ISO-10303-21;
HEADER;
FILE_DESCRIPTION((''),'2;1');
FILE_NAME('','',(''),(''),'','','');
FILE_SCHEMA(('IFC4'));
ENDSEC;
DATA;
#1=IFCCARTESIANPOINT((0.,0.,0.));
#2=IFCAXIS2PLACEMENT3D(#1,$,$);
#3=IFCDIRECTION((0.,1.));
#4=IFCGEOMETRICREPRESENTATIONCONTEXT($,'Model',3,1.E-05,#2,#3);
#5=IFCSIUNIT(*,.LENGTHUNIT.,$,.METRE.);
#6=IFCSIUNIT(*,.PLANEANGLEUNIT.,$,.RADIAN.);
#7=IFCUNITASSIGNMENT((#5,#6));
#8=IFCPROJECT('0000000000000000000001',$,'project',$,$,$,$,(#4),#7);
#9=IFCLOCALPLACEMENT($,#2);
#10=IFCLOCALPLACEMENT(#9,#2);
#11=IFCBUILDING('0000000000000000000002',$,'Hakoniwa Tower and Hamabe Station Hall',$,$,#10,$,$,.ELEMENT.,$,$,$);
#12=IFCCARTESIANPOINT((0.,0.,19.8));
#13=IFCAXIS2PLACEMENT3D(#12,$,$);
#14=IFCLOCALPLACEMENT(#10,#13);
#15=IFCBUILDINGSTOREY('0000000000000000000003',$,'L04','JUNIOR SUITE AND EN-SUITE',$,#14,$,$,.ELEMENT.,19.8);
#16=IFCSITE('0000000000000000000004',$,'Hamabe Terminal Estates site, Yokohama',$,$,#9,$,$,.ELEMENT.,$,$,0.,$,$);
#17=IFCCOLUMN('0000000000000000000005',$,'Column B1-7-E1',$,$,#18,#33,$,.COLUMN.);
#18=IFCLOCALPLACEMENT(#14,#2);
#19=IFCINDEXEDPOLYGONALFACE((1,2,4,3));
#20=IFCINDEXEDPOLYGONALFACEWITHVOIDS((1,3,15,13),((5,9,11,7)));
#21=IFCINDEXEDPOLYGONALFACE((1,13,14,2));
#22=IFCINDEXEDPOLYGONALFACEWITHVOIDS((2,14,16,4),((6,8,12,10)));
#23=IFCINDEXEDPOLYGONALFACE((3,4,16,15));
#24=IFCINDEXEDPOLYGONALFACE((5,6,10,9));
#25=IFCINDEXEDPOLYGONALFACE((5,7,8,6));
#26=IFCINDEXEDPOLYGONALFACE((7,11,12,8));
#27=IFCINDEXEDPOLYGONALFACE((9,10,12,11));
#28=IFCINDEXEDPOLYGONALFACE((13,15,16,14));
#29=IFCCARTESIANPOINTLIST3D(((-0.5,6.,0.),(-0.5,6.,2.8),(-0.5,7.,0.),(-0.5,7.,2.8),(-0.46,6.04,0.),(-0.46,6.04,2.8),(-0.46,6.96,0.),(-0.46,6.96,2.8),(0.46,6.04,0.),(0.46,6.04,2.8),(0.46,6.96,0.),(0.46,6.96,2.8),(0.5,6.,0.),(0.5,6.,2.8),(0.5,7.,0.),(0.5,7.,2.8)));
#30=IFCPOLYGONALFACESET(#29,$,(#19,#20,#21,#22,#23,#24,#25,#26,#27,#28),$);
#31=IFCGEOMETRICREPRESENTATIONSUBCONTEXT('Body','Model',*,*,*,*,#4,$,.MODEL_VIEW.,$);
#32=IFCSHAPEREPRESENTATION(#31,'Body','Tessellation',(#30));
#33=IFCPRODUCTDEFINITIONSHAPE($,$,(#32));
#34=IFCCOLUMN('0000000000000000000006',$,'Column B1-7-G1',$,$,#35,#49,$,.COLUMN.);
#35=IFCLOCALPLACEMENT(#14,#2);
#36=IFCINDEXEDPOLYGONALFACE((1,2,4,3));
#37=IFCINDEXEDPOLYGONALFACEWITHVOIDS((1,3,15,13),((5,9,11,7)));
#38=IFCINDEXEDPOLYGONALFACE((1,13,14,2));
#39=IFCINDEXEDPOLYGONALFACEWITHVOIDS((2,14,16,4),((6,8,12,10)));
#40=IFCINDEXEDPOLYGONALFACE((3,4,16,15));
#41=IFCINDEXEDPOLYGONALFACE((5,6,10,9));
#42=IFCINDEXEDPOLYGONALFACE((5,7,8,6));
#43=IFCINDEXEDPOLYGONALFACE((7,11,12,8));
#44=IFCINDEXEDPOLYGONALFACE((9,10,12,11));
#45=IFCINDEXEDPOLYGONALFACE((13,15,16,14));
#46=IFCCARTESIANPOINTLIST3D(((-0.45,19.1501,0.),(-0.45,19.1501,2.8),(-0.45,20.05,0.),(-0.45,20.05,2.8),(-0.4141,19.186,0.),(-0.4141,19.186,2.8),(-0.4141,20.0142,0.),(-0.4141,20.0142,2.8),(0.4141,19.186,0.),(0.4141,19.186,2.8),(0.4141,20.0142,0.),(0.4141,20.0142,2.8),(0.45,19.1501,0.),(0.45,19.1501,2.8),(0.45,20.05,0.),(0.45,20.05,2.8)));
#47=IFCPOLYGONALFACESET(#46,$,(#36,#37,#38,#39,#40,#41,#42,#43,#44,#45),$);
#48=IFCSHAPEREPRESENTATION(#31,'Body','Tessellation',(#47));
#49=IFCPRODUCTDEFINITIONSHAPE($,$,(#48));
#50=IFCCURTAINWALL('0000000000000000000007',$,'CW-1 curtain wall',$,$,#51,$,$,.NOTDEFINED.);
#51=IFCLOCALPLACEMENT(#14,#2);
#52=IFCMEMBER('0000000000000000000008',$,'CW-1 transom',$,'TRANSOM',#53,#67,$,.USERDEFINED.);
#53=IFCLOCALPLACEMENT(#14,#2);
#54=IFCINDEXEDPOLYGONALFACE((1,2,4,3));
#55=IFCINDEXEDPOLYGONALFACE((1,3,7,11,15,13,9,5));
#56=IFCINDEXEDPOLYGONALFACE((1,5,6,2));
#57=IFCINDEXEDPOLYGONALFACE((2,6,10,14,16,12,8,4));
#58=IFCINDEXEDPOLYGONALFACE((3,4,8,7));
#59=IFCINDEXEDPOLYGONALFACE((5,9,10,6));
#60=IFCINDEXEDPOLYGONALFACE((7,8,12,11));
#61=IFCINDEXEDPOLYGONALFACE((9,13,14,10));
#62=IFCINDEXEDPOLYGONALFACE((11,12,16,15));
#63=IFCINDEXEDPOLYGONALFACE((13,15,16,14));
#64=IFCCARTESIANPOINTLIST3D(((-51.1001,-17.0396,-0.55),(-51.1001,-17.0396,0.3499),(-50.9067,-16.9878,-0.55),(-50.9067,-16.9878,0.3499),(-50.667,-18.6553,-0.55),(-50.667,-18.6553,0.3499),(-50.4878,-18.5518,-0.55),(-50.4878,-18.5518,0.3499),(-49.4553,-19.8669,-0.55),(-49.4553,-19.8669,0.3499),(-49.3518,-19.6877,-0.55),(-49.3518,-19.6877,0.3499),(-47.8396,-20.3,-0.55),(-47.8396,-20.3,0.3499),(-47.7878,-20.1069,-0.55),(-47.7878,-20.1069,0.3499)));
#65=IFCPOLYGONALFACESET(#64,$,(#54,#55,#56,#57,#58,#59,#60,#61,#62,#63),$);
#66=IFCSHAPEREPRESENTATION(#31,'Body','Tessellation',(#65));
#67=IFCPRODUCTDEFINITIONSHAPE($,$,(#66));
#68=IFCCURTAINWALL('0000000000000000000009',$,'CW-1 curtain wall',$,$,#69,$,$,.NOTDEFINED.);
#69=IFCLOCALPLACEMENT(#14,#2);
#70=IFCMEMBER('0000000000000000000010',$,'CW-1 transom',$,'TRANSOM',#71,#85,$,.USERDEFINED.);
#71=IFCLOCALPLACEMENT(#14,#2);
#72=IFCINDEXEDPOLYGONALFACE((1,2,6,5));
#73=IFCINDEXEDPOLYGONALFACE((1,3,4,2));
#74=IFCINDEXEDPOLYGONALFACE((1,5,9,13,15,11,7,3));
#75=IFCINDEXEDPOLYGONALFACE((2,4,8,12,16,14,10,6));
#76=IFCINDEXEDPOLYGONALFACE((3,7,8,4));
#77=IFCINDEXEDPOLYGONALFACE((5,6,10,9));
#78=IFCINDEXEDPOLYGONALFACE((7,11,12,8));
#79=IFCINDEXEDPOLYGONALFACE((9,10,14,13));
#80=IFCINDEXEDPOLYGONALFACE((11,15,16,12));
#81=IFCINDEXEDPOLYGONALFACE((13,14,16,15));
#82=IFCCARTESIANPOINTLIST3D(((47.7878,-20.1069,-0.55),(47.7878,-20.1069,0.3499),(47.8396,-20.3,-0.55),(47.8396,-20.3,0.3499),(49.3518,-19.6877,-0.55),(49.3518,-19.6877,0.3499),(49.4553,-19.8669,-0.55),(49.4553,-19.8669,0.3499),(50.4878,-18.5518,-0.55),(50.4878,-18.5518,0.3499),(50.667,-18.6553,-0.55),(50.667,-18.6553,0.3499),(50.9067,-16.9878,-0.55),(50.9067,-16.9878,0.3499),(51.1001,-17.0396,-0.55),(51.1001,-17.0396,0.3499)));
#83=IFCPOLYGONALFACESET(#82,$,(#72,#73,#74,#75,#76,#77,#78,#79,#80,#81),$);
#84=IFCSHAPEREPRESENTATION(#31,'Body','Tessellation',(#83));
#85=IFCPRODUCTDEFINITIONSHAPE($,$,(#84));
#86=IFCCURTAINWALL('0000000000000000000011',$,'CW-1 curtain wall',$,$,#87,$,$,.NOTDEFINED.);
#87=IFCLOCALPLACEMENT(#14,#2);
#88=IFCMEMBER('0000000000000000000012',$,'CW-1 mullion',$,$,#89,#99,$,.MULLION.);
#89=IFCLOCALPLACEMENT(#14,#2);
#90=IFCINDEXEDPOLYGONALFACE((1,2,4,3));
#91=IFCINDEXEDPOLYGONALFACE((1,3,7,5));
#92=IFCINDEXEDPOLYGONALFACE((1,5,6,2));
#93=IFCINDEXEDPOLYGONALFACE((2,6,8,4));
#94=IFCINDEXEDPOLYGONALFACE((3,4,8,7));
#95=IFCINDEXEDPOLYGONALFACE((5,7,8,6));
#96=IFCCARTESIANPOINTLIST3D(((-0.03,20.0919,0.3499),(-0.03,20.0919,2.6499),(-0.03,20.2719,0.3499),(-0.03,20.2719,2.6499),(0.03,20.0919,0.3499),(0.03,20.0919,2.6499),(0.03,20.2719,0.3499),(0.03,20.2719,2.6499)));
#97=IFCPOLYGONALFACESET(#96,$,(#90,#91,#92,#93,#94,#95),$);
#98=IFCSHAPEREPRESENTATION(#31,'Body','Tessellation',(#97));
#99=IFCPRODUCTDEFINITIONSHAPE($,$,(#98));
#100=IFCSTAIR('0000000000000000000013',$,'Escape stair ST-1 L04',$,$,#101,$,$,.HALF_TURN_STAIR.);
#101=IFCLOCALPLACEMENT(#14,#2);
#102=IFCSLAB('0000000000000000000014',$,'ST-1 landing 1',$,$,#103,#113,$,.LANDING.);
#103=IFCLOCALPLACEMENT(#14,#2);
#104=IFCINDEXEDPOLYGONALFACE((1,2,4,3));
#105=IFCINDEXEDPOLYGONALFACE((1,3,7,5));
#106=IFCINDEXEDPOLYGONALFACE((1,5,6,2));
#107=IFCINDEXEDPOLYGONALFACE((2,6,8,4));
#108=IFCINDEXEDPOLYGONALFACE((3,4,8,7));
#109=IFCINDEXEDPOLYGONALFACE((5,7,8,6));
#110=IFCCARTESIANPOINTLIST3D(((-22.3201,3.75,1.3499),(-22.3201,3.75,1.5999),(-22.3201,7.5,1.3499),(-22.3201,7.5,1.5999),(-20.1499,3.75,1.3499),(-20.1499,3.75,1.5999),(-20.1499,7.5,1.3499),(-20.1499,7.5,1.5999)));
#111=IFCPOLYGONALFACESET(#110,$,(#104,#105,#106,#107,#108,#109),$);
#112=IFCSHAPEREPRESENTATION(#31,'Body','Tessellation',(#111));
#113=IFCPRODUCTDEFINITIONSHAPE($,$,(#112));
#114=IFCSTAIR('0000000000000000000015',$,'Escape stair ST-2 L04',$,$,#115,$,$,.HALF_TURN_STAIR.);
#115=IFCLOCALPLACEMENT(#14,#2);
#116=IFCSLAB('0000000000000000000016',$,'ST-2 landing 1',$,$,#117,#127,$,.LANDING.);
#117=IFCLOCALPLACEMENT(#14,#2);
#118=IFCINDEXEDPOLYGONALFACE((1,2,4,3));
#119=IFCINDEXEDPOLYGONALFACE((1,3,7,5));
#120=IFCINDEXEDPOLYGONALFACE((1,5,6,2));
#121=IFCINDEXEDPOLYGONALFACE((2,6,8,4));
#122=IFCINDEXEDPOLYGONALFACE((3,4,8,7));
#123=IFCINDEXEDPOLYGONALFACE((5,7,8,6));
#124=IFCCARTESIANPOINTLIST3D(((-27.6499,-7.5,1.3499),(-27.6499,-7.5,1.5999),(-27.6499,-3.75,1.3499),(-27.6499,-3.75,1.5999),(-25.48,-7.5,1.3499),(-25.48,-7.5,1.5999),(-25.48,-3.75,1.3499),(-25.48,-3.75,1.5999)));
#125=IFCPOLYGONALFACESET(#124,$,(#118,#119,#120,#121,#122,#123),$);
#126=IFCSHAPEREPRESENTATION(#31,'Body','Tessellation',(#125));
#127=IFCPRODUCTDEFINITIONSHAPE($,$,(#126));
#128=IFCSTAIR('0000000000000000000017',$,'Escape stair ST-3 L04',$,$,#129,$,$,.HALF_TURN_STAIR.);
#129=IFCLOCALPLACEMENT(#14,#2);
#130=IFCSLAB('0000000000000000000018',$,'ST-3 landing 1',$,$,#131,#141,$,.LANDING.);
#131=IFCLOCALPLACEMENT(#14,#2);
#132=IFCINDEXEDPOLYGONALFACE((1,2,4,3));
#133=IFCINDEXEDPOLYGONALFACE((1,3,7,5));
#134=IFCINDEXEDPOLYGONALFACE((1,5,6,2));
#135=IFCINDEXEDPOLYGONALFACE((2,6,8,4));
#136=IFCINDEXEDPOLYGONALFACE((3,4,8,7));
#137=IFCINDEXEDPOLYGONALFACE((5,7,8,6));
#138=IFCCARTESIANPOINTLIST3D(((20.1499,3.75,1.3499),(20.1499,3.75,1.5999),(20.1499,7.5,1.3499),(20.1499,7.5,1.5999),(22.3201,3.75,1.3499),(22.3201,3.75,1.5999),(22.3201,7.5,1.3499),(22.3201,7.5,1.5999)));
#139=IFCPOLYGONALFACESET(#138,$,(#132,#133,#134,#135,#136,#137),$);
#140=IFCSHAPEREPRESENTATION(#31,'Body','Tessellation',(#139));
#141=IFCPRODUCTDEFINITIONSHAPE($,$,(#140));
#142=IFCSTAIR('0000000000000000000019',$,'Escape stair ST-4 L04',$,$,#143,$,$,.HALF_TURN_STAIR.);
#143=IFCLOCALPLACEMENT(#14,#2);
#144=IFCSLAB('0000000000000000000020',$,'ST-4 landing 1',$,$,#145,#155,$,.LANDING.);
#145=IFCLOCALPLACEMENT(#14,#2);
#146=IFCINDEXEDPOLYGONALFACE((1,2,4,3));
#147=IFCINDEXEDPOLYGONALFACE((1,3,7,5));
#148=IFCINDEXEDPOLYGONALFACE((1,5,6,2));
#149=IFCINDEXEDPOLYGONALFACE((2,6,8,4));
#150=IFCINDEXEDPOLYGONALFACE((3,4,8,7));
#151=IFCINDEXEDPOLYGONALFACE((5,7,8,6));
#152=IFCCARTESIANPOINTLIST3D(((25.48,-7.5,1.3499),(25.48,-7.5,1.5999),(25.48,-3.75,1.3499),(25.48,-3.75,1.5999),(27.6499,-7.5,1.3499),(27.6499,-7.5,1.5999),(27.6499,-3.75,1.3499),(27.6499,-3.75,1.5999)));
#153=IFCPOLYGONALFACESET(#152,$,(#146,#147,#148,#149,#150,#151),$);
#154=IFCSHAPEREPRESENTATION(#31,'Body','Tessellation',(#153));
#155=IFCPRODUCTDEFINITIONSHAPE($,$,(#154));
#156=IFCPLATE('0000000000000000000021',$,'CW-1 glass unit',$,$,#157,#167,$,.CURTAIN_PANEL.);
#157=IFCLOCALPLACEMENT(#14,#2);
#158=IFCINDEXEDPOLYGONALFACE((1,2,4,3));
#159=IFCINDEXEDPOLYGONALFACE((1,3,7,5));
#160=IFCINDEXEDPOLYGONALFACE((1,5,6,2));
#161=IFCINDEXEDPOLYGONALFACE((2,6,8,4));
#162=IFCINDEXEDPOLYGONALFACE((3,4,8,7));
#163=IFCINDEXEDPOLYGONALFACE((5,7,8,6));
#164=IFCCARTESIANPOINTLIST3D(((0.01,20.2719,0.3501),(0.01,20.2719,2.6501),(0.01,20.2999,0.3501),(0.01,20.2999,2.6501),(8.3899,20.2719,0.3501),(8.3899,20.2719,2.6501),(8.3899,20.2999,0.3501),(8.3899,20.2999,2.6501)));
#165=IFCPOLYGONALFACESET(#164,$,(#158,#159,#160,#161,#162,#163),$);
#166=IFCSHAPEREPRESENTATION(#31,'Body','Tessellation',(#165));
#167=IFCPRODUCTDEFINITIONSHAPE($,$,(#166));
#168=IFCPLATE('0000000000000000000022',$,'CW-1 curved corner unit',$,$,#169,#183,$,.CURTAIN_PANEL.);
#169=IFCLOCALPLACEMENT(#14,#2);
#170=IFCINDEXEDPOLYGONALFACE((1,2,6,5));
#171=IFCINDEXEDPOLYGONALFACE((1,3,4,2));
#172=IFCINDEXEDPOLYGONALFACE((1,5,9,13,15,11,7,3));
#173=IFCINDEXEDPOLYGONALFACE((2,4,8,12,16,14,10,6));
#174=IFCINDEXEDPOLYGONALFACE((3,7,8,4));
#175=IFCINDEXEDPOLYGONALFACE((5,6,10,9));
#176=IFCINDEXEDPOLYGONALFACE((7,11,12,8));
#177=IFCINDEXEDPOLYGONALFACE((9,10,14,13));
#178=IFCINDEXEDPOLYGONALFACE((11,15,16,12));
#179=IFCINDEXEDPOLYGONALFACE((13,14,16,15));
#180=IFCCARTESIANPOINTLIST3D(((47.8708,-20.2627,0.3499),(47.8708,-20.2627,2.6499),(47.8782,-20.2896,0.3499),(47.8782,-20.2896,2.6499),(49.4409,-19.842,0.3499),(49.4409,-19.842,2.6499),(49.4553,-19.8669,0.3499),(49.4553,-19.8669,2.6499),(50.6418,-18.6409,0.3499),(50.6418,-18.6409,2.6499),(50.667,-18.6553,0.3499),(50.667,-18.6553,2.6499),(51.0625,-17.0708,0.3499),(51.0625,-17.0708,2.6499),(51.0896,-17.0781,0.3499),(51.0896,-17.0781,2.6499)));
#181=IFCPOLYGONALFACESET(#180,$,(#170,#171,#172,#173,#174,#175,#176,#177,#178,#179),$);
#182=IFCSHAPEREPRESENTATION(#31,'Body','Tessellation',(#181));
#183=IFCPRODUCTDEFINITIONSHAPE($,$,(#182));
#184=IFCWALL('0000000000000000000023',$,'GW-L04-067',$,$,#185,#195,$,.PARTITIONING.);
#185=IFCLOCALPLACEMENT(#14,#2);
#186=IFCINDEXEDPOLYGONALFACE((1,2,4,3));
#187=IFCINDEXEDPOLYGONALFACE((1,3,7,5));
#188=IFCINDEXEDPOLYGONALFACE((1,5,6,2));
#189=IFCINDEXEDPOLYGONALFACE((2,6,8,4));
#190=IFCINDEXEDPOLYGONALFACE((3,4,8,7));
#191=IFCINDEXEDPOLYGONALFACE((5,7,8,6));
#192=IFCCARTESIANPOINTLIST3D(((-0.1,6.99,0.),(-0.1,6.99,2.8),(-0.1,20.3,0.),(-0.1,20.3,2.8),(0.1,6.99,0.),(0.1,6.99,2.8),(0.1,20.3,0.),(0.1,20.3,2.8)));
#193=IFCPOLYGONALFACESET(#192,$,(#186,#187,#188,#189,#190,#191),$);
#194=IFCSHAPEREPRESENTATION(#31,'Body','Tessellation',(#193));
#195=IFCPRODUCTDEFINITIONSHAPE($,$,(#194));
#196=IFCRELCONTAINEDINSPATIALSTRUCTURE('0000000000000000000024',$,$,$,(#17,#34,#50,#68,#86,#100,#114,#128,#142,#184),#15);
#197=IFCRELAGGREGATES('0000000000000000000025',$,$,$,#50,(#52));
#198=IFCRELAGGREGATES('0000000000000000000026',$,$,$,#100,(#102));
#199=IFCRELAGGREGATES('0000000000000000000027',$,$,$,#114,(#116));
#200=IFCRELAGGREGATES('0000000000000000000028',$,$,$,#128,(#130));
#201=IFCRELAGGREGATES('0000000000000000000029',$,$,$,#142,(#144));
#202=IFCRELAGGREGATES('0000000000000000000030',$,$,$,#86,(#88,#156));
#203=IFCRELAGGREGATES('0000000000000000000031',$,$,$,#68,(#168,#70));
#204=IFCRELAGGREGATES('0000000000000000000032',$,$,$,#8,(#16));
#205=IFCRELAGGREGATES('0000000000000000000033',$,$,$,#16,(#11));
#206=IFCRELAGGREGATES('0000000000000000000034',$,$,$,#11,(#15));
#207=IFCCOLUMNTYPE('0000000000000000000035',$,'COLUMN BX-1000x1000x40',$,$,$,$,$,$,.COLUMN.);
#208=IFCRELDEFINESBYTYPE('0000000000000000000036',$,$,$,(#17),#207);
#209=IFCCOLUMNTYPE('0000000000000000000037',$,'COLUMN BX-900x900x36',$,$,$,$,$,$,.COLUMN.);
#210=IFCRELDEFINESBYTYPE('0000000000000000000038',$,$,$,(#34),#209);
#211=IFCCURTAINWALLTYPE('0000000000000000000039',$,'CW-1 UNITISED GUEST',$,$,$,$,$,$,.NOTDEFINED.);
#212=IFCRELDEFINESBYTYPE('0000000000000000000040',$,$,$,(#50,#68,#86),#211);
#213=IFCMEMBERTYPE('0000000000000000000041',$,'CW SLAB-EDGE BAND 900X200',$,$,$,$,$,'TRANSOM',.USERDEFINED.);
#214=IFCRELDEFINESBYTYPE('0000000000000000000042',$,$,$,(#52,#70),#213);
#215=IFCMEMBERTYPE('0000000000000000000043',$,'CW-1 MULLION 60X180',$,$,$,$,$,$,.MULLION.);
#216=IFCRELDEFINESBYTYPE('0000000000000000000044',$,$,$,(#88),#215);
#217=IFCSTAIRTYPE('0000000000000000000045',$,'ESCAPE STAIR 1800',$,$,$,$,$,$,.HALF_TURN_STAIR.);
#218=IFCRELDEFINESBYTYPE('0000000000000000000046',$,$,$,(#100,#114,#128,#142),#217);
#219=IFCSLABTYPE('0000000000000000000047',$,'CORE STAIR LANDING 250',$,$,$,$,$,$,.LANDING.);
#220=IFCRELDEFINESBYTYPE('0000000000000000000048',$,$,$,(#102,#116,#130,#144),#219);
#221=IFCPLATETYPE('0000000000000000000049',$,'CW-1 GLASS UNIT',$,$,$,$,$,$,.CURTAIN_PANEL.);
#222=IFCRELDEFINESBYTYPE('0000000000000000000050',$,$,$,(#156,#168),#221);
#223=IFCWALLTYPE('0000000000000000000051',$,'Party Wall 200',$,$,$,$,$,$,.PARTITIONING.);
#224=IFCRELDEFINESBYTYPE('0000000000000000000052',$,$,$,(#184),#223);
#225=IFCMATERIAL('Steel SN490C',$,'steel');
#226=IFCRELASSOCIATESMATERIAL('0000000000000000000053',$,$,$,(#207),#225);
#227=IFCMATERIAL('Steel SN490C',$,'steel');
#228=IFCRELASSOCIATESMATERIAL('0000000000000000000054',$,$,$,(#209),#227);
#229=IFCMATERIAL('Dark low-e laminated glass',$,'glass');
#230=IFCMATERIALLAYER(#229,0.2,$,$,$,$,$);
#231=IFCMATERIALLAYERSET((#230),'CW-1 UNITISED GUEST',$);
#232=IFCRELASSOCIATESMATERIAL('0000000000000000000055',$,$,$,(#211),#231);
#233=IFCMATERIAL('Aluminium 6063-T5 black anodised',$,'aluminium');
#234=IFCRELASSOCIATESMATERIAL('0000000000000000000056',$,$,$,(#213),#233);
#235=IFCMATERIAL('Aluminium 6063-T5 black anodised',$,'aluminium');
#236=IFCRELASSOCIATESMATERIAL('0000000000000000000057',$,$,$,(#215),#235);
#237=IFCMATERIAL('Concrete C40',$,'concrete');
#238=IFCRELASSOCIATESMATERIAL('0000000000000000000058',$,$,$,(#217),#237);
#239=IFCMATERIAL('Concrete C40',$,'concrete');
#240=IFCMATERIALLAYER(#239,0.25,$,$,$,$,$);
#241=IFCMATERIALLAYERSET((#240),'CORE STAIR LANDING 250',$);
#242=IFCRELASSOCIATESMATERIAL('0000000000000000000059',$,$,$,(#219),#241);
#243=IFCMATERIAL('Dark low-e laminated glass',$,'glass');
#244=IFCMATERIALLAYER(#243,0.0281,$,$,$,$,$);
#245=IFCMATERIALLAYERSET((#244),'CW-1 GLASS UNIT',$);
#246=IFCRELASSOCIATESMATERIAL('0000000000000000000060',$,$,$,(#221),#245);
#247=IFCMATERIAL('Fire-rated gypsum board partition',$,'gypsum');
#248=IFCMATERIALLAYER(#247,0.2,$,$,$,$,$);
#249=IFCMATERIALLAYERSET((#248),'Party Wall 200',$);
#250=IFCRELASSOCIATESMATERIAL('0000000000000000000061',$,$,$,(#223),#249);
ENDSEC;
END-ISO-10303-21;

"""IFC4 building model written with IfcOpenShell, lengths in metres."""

from ifc_helpers import new_model, si_unit, direction, frame, frame_2d, origin, origin_2d, place, context, subcontext, project, spatial, polyline, rectangle, hollow_rectangle, outline, extrude, material, layer, layer_set, material_profile, profile_set, type_object, element, aggregate, save


model = new_model("IFC4")

# Units and contexts
model_context = context("Model", 3, precision=1e-05, world=origin(), true_north=direction((0.0, 1.0)))
body_context = subcontext(model_context, "Body", "Model", "MODEL_VIEW")
ifc_project = project(units=[si_unit("LENGTHUNIT", "METRE"), si_unit("PLANEANGLEUNIT", "RADIAN")], contexts=[model_context])

# Site, building, storey
site_placement = place(None, origin())
site = spatial("IfcSite", under=ifc_project, at=site_placement, Name="Hamabe Terminal Estates site, Yokohama", CompositionType="ELEMENT", RefElevation=0.0)
building_placement = place(site_placement, origin())
building = spatial("IfcBuilding", under=site, at=building_placement, Name="Hakoniwa Tower and Hamabe Station Hall", CompositionType="ELEMENT")
storey_placement = place(building_placement, frame((0.0, 0.0, 19.8)))
storey = spatial("IfcBuildingStorey", under=building, at=storey_placement, Name="L04", Description="JUNIOR SUITE AND EN-SUITE", CompositionType="ELEMENT", Elevation=19.8)

# Columns
ifc_material_1 = material(Name="Steel SN490C", Category="steel")
ifc_material_profile_1 = material_profile(ifc_material_1, hollow_rectangle(XDim=1.0, YDim=1.0, WallThickness=0.04, at=origin_2d()), Name="BX-1000x1000x40")
ifc_profile_set_1 = profile_set([ifc_material_profile_1], Name="Steel SN490C")
column_type_1 = type_object("IfcColumnType", Name="COLUMN BX-1000x1000x40", PredefinedType="COLUMN", material=ifc_profile_set_1)
column_1_placement = place(storey_placement, frame((0.0, 6.5, 0.0), z_axis=(0.0, 0.0, 1.0), x_axis=(1.0, 0.0, 0.0)))
element("IfcColumn", 1, at=column_1_placement, inside=storey, type_object=column_type_1, Name="Column B1-7-E1", PredefinedType="COLUMN", context=body_context, shape_type="SweptSolid", body=[
    extrude(hollow_rectangle(XDim=1.0, YDim=1.0, WallThickness=0.04, at=origin_2d()), origin(), (0.0, 0.0, 1.0), 2.8),
])
ifc_material_2 = material(Name="Steel SN490C", Category="steel")
ifc_material_profile_2 = material_profile(ifc_material_2, hollow_rectangle(XDim=0.8999, YDim=0.8999, WallThickness=0.0359, at=origin_2d()), Name="BX-900x900x36")
ifc_profile_set_2 = profile_set([ifc_material_profile_2], Name="Steel SN490C")
column_type_2 = type_object("IfcColumnType", Name="COLUMN BX-900x900x36", PredefinedType="COLUMN", material=ifc_profile_set_2)
column_2_placement = place(storey_placement, frame((0.0, 19.6001, 0.0), z_axis=(0.0, 0.0, 1.0), x_axis=(1.0, 0.0, 0.0)))
element("IfcColumn", 2, at=column_2_placement, inside=storey, type_object=column_type_2, Name="Column B1-7-G1", PredefinedType="COLUMN", context=body_context, shape_type="SweptSolid", body=[
    extrude(hollow_rectangle(XDim=0.8999, YDim=0.8999, WallThickness=0.0359, at=origin_2d()), origin(), (0.0, 0.0, 1.0), 2.8),
])

# Curtain walls, members
ifc_material_3 = material(Name="Dark low-e laminated glass", Category="glass")
ifc_layer_1 = layer(ifc_material_3, 0.2)
ifc_layer_set_1 = layer_set([ifc_layer_1], Name="CW-1 UNITISED GUEST")
curtain_wall_type = type_object("IfcCurtainWallType", Name="CW-1 UNITISED GUEST", PredefinedType="NOTDEFINED", material=ifc_layer_set_1)
curtain_wall_1_placement = place(storey_placement, origin())
curtain_wall_1 = element("IfcCurtainWall", 3, at=curtain_wall_1_placement, inside=storey, type_object=curtain_wall_type, Name="CW-1 curtain wall", PredefinedType="NOTDEFINED")
ifc_material_4 = material(Name="Aluminium 6063-T5 black anodised", Category="aluminium")
ifc_material_profile_3 = material_profile(ifc_material_4, rectangle(XDim=0.2, YDim=0.8999, at=origin_2d()), Name="CW SLAB-EDGE BAND 900X200")
ifc_profile_set_3 = profile_set([ifc_material_profile_3], Name="Aluminium 6063-T5 black anodised")
member_type_1 = type_object("IfcMemberType", Name="CW SLAB-EDGE BAND 900X200", ElementType="TRANSOM", PredefinedType="USERDEFINED", material=ifc_profile_set_3)
member_1_placement = place(storey_placement, frame((0.0, 0.0, -0.55)))
member_1 = element("IfcMember", 4, at=member_1_placement, type_object=member_type_1, Name="CW-1 transom", ObjectType="TRANSOM", PredefinedType="USERDEFINED", context=body_context, shape_type="SweptSolid", body=[
    extrude(outline(polyline([(-51.1001, -17.0396), (-50.667, -18.6553), (-49.4553, -19.8669), (-47.8396, -20.3), (-47.7878, -20.1069), (-49.3518, -19.6877), (-50.4878, -18.5518), (-50.9067, -16.9878), (-51.1001, -17.0396)])), origin(), (0.0, 0.0, 1.0), 0.8999),
])
aggregate(curtain_wall_1, [member_1])
curtain_wall_2_placement = place(storey_placement, origin())
curtain_wall_2 = element("IfcCurtainWall", 5, at=curtain_wall_2_placement, inside=storey, type_object=curtain_wall_type, Name="CW-1 curtain wall", PredefinedType="NOTDEFINED")
member_2_placement = place(storey_placement, frame((0.0, 0.0, -0.55)))
member_2 = element("IfcMember", 6, at=member_2_placement, type_object=member_type_1, Name="CW-1 transom", ObjectType="TRANSOM", PredefinedType="USERDEFINED", context=body_context, shape_type="SweptSolid", body=[
    extrude(outline(polyline([(47.8396, -20.3), (49.4553, -19.8669), (50.667, -18.6553), (51.1001, -17.0396), (50.9067, -16.9878), (50.4878, -18.5518), (49.3518, -19.6877), (47.7878, -20.1069), (47.8396, -20.3)])), origin(), (0.0, 0.0, 1.0), 0.8999),
])
curtain_wall_3_placement = place(storey_placement, origin())
curtain_wall_3 = element("IfcCurtainWall", 7, at=curtain_wall_3_placement, inside=storey, type_object=curtain_wall_type, Name="CW-1 curtain wall", PredefinedType="NOTDEFINED")
ifc_material_5 = material(Name="Aluminium 6063-T5 black anodised", Category="aluminium")
ifc_material_profile_4 = material_profile(ifc_material_5, rectangle(XDim=0.0601, YDim=0.1799, at=origin_2d()), Name="CW-1 MULLION 60X180")
ifc_profile_set_4 = profile_set([ifc_material_profile_4], Name="Aluminium 6063-T5 black anodised")
member_type_2 = type_object("IfcMemberType", Name="CW-1 MULLION 60X180", PredefinedType="MULLION", material=ifc_profile_set_4)
member_3_placement = place(storey_placement, frame((0.0, 20.1819, 0.3499), z_axis=(0.0, 0.0, 1.0), x_axis=(-1.0, 0.0, 0.0)))
member_3 = element("IfcMember", 8, at=member_3_placement, type_object=member_type_2, Name="CW-1 mullion", PredefinedType="MULLION", context=body_context, shape_type="SweptSolid", body=[
    extrude(rectangle(XDim=0.0601, YDim=0.1799, at=origin_2d()), origin(), (0.0, 0.0, 1.0), 2.3),
])

# Stairs, slabs
ifc_material_6 = material(Name="Concrete C40", Category="concrete")
stair_type = type_object("IfcStairType", Name="ESCAPE STAIR 1800", PredefinedType="HALF_TURN_STAIR", material=ifc_material_6)
stair_1_placement = place(storey_placement, origin())
stair_1 = element("IfcStair", 9, at=stair_1_placement, inside=storey, type_object=stair_type, Name="Escape stair ST-1 L04", PredefinedType="HALF_TURN_STAIR")
ifc_material_7 = material(Name="Concrete C40", Category="concrete")
ifc_layer_2 = layer(ifc_material_7, 0.25)
ifc_layer_set_2 = layer_set([ifc_layer_2], Name="CORE STAIR LANDING 250")
slab_type = type_object("IfcSlabType", Name="CORE STAIR LANDING 250", PredefinedType="LANDING", material=ifc_layer_set_2)
slab_1_placement = place(storey_placement, frame((0.0, 0.0, 1.3499)))
slab_1 = element("IfcSlab", 10, at=slab_1_placement, type_object=slab_type, Name="ST-1 landing 1", PredefinedType="LANDING", context=body_context, shape_type="SweptSolid", body=[
    extrude(outline(polyline([(-22.3201, 3.75), (-20.1499, 3.75), (-20.1499, 7.5), (-22.3201, 7.5), (-22.3201, 3.75)])), origin(), (0.0, 0.0, 1.0), 0.25),
])
aggregate(stair_1, [slab_1])
stair_2_placement = place(storey_placement, origin())
stair_2 = element("IfcStair", 11, at=stair_2_placement, inside=storey, type_object=stair_type, Name="Escape stair ST-2 L04", PredefinedType="HALF_TURN_STAIR")
slab_2_placement = place(storey_placement, frame((0.0, 0.0, 1.3499)))
slab_2 = element("IfcSlab", 12, at=slab_2_placement, type_object=slab_type, Name="ST-2 landing 1", PredefinedType="LANDING", context=body_context, shape_type="SweptSolid", body=[
    extrude(outline(polyline([(-25.48, -7.5), (-27.6499, -7.5), (-27.6499, -3.75), (-25.48, -3.75), (-25.48, -7.5)])), origin(), (0.0, 0.0, 1.0), 0.25),
])
aggregate(stair_2, [slab_2])
stair_3_placement = place(storey_placement, origin())
stair_3 = element("IfcStair", 13, at=stair_3_placement, inside=storey, type_object=stair_type, Name="Escape stair ST-3 L04", PredefinedType="HALF_TURN_STAIR")
slab_3_placement = place(storey_placement, frame((0.0, 0.0, 1.3499)))
slab_3 = element("IfcSlab", 14, at=slab_3_placement, type_object=slab_type, Name="ST-3 landing 1", PredefinedType="LANDING", context=body_context, shape_type="SweptSolid", body=[
    extrude(outline(polyline([(22.3201, 3.75), (20.1499, 3.75), (20.1499, 7.5), (22.3201, 7.5), (22.3201, 3.75)])), origin(), (0.0, 0.0, 1.0), 0.25),
])
aggregate(stair_3, [slab_3])
stair_4_placement = place(storey_placement, origin())
stair_4 = element("IfcStair", 15, at=stair_4_placement, inside=storey, type_object=stair_type, Name="Escape stair ST-4 L04", PredefinedType="HALF_TURN_STAIR")
slab_4_placement = place(storey_placement, frame((0.0, 0.0, 1.3499)))
slab_4 = element("IfcSlab", 16, at=slab_4_placement, type_object=slab_type, Name="ST-4 landing 1", PredefinedType="LANDING", context=body_context, shape_type="SweptSolid", body=[
    extrude(outline(polyline([(25.48, -7.5), (27.6499, -7.5), (27.6499, -3.75), (25.48, -3.75), (25.48, -7.5)])), origin(), (0.0, 0.0, 1.0), 0.25),
])
aggregate(stair_4, [slab_4])

# Plates
ifc_material_8 = material(Name="Dark low-e laminated glass", Category="glass")
ifc_layer_3 = layer(ifc_material_8, 0.0281)
ifc_layer_set_3 = layer_set([ifc_layer_3], Name="CW-1 GLASS UNIT")
plate_type = type_object("IfcPlateType", Name="CW-1 GLASS UNIT", PredefinedType="CURTAIN_PANEL", material=ifc_layer_set_3)
plate_1_placement = place(storey_placement, frame((4.2, 20.2859, 0.3501), z_axis=(0.0, 0.0, 1.0), x_axis=(-1.0, 0.0, 0.0)))
plate_1 = element("IfcPlate", 17, at=plate_1_placement, type_object=plate_type, Name="CW-1 glass unit", PredefinedType="CURTAIN_PANEL", context=body_context, shape_type="SweptSolid", body=[
    extrude(rectangle(XDim=8.3799, YDim=0.0281, at=origin_2d()), origin(), (0.0, 0.0, 1.0), 2.3),
])
aggregate(curtain_wall_3, [member_3, plate_1])
plate_2_placement = place(storey_placement, frame((0.0, 0.0, 0.3499)))
plate_2 = element("IfcPlate", 18, at=plate_2_placement, type_object=plate_type, Name="CW-1 curved corner unit", PredefinedType="CURTAIN_PANEL", context=body_context, shape_type="SweptSolid", body=[
    extrude(outline(polyline([(47.8782, -20.2896), (49.4553, -19.8669), (50.667, -18.6553), (51.0896, -17.0781), (51.0625, -17.0708), (50.6418, -18.6409), (49.4409, -19.842), (47.8708, -20.2627), (47.8782, -20.2896)])), origin(), (0.0, 0.0, 1.0), 2.3),
])
aggregate(curtain_wall_2, [plate_2, member_2])

# Wall
ifc_material_9 = material(Name="Fire-rated gypsum board partition", Category="gypsum")
ifc_layer_4 = layer(ifc_material_9, 0.2)
ifc_layer_set_4 = layer_set([ifc_layer_4], Name="Party Wall 200")
wall_type = type_object("IfcWallType", Name="Party Wall 200", PredefinedType="PARTITIONING", material=ifc_layer_set_4)
wall_1_placement = place(storey_placement, frame((0.0, 6.99, 0.0), z_axis=(0.0, 0.0, 1.0), x_axis=(0.0, 1.0, 0.0)))
element("IfcWall", 19, at=wall_1_placement, inside=storey, type_object=wall_type, Name="GW-L04-067", PredefinedType="PARTITIONING", context=body_context, shape_type="SweptSolid", body=[
    extrude(rectangle(XDim=13.3101, YDim=0.2, at=frame_2d((6.655, 0.0))), origin(), (0.0, 0.0, 1.0), 2.8),
])

save(model, "model.ifc")
